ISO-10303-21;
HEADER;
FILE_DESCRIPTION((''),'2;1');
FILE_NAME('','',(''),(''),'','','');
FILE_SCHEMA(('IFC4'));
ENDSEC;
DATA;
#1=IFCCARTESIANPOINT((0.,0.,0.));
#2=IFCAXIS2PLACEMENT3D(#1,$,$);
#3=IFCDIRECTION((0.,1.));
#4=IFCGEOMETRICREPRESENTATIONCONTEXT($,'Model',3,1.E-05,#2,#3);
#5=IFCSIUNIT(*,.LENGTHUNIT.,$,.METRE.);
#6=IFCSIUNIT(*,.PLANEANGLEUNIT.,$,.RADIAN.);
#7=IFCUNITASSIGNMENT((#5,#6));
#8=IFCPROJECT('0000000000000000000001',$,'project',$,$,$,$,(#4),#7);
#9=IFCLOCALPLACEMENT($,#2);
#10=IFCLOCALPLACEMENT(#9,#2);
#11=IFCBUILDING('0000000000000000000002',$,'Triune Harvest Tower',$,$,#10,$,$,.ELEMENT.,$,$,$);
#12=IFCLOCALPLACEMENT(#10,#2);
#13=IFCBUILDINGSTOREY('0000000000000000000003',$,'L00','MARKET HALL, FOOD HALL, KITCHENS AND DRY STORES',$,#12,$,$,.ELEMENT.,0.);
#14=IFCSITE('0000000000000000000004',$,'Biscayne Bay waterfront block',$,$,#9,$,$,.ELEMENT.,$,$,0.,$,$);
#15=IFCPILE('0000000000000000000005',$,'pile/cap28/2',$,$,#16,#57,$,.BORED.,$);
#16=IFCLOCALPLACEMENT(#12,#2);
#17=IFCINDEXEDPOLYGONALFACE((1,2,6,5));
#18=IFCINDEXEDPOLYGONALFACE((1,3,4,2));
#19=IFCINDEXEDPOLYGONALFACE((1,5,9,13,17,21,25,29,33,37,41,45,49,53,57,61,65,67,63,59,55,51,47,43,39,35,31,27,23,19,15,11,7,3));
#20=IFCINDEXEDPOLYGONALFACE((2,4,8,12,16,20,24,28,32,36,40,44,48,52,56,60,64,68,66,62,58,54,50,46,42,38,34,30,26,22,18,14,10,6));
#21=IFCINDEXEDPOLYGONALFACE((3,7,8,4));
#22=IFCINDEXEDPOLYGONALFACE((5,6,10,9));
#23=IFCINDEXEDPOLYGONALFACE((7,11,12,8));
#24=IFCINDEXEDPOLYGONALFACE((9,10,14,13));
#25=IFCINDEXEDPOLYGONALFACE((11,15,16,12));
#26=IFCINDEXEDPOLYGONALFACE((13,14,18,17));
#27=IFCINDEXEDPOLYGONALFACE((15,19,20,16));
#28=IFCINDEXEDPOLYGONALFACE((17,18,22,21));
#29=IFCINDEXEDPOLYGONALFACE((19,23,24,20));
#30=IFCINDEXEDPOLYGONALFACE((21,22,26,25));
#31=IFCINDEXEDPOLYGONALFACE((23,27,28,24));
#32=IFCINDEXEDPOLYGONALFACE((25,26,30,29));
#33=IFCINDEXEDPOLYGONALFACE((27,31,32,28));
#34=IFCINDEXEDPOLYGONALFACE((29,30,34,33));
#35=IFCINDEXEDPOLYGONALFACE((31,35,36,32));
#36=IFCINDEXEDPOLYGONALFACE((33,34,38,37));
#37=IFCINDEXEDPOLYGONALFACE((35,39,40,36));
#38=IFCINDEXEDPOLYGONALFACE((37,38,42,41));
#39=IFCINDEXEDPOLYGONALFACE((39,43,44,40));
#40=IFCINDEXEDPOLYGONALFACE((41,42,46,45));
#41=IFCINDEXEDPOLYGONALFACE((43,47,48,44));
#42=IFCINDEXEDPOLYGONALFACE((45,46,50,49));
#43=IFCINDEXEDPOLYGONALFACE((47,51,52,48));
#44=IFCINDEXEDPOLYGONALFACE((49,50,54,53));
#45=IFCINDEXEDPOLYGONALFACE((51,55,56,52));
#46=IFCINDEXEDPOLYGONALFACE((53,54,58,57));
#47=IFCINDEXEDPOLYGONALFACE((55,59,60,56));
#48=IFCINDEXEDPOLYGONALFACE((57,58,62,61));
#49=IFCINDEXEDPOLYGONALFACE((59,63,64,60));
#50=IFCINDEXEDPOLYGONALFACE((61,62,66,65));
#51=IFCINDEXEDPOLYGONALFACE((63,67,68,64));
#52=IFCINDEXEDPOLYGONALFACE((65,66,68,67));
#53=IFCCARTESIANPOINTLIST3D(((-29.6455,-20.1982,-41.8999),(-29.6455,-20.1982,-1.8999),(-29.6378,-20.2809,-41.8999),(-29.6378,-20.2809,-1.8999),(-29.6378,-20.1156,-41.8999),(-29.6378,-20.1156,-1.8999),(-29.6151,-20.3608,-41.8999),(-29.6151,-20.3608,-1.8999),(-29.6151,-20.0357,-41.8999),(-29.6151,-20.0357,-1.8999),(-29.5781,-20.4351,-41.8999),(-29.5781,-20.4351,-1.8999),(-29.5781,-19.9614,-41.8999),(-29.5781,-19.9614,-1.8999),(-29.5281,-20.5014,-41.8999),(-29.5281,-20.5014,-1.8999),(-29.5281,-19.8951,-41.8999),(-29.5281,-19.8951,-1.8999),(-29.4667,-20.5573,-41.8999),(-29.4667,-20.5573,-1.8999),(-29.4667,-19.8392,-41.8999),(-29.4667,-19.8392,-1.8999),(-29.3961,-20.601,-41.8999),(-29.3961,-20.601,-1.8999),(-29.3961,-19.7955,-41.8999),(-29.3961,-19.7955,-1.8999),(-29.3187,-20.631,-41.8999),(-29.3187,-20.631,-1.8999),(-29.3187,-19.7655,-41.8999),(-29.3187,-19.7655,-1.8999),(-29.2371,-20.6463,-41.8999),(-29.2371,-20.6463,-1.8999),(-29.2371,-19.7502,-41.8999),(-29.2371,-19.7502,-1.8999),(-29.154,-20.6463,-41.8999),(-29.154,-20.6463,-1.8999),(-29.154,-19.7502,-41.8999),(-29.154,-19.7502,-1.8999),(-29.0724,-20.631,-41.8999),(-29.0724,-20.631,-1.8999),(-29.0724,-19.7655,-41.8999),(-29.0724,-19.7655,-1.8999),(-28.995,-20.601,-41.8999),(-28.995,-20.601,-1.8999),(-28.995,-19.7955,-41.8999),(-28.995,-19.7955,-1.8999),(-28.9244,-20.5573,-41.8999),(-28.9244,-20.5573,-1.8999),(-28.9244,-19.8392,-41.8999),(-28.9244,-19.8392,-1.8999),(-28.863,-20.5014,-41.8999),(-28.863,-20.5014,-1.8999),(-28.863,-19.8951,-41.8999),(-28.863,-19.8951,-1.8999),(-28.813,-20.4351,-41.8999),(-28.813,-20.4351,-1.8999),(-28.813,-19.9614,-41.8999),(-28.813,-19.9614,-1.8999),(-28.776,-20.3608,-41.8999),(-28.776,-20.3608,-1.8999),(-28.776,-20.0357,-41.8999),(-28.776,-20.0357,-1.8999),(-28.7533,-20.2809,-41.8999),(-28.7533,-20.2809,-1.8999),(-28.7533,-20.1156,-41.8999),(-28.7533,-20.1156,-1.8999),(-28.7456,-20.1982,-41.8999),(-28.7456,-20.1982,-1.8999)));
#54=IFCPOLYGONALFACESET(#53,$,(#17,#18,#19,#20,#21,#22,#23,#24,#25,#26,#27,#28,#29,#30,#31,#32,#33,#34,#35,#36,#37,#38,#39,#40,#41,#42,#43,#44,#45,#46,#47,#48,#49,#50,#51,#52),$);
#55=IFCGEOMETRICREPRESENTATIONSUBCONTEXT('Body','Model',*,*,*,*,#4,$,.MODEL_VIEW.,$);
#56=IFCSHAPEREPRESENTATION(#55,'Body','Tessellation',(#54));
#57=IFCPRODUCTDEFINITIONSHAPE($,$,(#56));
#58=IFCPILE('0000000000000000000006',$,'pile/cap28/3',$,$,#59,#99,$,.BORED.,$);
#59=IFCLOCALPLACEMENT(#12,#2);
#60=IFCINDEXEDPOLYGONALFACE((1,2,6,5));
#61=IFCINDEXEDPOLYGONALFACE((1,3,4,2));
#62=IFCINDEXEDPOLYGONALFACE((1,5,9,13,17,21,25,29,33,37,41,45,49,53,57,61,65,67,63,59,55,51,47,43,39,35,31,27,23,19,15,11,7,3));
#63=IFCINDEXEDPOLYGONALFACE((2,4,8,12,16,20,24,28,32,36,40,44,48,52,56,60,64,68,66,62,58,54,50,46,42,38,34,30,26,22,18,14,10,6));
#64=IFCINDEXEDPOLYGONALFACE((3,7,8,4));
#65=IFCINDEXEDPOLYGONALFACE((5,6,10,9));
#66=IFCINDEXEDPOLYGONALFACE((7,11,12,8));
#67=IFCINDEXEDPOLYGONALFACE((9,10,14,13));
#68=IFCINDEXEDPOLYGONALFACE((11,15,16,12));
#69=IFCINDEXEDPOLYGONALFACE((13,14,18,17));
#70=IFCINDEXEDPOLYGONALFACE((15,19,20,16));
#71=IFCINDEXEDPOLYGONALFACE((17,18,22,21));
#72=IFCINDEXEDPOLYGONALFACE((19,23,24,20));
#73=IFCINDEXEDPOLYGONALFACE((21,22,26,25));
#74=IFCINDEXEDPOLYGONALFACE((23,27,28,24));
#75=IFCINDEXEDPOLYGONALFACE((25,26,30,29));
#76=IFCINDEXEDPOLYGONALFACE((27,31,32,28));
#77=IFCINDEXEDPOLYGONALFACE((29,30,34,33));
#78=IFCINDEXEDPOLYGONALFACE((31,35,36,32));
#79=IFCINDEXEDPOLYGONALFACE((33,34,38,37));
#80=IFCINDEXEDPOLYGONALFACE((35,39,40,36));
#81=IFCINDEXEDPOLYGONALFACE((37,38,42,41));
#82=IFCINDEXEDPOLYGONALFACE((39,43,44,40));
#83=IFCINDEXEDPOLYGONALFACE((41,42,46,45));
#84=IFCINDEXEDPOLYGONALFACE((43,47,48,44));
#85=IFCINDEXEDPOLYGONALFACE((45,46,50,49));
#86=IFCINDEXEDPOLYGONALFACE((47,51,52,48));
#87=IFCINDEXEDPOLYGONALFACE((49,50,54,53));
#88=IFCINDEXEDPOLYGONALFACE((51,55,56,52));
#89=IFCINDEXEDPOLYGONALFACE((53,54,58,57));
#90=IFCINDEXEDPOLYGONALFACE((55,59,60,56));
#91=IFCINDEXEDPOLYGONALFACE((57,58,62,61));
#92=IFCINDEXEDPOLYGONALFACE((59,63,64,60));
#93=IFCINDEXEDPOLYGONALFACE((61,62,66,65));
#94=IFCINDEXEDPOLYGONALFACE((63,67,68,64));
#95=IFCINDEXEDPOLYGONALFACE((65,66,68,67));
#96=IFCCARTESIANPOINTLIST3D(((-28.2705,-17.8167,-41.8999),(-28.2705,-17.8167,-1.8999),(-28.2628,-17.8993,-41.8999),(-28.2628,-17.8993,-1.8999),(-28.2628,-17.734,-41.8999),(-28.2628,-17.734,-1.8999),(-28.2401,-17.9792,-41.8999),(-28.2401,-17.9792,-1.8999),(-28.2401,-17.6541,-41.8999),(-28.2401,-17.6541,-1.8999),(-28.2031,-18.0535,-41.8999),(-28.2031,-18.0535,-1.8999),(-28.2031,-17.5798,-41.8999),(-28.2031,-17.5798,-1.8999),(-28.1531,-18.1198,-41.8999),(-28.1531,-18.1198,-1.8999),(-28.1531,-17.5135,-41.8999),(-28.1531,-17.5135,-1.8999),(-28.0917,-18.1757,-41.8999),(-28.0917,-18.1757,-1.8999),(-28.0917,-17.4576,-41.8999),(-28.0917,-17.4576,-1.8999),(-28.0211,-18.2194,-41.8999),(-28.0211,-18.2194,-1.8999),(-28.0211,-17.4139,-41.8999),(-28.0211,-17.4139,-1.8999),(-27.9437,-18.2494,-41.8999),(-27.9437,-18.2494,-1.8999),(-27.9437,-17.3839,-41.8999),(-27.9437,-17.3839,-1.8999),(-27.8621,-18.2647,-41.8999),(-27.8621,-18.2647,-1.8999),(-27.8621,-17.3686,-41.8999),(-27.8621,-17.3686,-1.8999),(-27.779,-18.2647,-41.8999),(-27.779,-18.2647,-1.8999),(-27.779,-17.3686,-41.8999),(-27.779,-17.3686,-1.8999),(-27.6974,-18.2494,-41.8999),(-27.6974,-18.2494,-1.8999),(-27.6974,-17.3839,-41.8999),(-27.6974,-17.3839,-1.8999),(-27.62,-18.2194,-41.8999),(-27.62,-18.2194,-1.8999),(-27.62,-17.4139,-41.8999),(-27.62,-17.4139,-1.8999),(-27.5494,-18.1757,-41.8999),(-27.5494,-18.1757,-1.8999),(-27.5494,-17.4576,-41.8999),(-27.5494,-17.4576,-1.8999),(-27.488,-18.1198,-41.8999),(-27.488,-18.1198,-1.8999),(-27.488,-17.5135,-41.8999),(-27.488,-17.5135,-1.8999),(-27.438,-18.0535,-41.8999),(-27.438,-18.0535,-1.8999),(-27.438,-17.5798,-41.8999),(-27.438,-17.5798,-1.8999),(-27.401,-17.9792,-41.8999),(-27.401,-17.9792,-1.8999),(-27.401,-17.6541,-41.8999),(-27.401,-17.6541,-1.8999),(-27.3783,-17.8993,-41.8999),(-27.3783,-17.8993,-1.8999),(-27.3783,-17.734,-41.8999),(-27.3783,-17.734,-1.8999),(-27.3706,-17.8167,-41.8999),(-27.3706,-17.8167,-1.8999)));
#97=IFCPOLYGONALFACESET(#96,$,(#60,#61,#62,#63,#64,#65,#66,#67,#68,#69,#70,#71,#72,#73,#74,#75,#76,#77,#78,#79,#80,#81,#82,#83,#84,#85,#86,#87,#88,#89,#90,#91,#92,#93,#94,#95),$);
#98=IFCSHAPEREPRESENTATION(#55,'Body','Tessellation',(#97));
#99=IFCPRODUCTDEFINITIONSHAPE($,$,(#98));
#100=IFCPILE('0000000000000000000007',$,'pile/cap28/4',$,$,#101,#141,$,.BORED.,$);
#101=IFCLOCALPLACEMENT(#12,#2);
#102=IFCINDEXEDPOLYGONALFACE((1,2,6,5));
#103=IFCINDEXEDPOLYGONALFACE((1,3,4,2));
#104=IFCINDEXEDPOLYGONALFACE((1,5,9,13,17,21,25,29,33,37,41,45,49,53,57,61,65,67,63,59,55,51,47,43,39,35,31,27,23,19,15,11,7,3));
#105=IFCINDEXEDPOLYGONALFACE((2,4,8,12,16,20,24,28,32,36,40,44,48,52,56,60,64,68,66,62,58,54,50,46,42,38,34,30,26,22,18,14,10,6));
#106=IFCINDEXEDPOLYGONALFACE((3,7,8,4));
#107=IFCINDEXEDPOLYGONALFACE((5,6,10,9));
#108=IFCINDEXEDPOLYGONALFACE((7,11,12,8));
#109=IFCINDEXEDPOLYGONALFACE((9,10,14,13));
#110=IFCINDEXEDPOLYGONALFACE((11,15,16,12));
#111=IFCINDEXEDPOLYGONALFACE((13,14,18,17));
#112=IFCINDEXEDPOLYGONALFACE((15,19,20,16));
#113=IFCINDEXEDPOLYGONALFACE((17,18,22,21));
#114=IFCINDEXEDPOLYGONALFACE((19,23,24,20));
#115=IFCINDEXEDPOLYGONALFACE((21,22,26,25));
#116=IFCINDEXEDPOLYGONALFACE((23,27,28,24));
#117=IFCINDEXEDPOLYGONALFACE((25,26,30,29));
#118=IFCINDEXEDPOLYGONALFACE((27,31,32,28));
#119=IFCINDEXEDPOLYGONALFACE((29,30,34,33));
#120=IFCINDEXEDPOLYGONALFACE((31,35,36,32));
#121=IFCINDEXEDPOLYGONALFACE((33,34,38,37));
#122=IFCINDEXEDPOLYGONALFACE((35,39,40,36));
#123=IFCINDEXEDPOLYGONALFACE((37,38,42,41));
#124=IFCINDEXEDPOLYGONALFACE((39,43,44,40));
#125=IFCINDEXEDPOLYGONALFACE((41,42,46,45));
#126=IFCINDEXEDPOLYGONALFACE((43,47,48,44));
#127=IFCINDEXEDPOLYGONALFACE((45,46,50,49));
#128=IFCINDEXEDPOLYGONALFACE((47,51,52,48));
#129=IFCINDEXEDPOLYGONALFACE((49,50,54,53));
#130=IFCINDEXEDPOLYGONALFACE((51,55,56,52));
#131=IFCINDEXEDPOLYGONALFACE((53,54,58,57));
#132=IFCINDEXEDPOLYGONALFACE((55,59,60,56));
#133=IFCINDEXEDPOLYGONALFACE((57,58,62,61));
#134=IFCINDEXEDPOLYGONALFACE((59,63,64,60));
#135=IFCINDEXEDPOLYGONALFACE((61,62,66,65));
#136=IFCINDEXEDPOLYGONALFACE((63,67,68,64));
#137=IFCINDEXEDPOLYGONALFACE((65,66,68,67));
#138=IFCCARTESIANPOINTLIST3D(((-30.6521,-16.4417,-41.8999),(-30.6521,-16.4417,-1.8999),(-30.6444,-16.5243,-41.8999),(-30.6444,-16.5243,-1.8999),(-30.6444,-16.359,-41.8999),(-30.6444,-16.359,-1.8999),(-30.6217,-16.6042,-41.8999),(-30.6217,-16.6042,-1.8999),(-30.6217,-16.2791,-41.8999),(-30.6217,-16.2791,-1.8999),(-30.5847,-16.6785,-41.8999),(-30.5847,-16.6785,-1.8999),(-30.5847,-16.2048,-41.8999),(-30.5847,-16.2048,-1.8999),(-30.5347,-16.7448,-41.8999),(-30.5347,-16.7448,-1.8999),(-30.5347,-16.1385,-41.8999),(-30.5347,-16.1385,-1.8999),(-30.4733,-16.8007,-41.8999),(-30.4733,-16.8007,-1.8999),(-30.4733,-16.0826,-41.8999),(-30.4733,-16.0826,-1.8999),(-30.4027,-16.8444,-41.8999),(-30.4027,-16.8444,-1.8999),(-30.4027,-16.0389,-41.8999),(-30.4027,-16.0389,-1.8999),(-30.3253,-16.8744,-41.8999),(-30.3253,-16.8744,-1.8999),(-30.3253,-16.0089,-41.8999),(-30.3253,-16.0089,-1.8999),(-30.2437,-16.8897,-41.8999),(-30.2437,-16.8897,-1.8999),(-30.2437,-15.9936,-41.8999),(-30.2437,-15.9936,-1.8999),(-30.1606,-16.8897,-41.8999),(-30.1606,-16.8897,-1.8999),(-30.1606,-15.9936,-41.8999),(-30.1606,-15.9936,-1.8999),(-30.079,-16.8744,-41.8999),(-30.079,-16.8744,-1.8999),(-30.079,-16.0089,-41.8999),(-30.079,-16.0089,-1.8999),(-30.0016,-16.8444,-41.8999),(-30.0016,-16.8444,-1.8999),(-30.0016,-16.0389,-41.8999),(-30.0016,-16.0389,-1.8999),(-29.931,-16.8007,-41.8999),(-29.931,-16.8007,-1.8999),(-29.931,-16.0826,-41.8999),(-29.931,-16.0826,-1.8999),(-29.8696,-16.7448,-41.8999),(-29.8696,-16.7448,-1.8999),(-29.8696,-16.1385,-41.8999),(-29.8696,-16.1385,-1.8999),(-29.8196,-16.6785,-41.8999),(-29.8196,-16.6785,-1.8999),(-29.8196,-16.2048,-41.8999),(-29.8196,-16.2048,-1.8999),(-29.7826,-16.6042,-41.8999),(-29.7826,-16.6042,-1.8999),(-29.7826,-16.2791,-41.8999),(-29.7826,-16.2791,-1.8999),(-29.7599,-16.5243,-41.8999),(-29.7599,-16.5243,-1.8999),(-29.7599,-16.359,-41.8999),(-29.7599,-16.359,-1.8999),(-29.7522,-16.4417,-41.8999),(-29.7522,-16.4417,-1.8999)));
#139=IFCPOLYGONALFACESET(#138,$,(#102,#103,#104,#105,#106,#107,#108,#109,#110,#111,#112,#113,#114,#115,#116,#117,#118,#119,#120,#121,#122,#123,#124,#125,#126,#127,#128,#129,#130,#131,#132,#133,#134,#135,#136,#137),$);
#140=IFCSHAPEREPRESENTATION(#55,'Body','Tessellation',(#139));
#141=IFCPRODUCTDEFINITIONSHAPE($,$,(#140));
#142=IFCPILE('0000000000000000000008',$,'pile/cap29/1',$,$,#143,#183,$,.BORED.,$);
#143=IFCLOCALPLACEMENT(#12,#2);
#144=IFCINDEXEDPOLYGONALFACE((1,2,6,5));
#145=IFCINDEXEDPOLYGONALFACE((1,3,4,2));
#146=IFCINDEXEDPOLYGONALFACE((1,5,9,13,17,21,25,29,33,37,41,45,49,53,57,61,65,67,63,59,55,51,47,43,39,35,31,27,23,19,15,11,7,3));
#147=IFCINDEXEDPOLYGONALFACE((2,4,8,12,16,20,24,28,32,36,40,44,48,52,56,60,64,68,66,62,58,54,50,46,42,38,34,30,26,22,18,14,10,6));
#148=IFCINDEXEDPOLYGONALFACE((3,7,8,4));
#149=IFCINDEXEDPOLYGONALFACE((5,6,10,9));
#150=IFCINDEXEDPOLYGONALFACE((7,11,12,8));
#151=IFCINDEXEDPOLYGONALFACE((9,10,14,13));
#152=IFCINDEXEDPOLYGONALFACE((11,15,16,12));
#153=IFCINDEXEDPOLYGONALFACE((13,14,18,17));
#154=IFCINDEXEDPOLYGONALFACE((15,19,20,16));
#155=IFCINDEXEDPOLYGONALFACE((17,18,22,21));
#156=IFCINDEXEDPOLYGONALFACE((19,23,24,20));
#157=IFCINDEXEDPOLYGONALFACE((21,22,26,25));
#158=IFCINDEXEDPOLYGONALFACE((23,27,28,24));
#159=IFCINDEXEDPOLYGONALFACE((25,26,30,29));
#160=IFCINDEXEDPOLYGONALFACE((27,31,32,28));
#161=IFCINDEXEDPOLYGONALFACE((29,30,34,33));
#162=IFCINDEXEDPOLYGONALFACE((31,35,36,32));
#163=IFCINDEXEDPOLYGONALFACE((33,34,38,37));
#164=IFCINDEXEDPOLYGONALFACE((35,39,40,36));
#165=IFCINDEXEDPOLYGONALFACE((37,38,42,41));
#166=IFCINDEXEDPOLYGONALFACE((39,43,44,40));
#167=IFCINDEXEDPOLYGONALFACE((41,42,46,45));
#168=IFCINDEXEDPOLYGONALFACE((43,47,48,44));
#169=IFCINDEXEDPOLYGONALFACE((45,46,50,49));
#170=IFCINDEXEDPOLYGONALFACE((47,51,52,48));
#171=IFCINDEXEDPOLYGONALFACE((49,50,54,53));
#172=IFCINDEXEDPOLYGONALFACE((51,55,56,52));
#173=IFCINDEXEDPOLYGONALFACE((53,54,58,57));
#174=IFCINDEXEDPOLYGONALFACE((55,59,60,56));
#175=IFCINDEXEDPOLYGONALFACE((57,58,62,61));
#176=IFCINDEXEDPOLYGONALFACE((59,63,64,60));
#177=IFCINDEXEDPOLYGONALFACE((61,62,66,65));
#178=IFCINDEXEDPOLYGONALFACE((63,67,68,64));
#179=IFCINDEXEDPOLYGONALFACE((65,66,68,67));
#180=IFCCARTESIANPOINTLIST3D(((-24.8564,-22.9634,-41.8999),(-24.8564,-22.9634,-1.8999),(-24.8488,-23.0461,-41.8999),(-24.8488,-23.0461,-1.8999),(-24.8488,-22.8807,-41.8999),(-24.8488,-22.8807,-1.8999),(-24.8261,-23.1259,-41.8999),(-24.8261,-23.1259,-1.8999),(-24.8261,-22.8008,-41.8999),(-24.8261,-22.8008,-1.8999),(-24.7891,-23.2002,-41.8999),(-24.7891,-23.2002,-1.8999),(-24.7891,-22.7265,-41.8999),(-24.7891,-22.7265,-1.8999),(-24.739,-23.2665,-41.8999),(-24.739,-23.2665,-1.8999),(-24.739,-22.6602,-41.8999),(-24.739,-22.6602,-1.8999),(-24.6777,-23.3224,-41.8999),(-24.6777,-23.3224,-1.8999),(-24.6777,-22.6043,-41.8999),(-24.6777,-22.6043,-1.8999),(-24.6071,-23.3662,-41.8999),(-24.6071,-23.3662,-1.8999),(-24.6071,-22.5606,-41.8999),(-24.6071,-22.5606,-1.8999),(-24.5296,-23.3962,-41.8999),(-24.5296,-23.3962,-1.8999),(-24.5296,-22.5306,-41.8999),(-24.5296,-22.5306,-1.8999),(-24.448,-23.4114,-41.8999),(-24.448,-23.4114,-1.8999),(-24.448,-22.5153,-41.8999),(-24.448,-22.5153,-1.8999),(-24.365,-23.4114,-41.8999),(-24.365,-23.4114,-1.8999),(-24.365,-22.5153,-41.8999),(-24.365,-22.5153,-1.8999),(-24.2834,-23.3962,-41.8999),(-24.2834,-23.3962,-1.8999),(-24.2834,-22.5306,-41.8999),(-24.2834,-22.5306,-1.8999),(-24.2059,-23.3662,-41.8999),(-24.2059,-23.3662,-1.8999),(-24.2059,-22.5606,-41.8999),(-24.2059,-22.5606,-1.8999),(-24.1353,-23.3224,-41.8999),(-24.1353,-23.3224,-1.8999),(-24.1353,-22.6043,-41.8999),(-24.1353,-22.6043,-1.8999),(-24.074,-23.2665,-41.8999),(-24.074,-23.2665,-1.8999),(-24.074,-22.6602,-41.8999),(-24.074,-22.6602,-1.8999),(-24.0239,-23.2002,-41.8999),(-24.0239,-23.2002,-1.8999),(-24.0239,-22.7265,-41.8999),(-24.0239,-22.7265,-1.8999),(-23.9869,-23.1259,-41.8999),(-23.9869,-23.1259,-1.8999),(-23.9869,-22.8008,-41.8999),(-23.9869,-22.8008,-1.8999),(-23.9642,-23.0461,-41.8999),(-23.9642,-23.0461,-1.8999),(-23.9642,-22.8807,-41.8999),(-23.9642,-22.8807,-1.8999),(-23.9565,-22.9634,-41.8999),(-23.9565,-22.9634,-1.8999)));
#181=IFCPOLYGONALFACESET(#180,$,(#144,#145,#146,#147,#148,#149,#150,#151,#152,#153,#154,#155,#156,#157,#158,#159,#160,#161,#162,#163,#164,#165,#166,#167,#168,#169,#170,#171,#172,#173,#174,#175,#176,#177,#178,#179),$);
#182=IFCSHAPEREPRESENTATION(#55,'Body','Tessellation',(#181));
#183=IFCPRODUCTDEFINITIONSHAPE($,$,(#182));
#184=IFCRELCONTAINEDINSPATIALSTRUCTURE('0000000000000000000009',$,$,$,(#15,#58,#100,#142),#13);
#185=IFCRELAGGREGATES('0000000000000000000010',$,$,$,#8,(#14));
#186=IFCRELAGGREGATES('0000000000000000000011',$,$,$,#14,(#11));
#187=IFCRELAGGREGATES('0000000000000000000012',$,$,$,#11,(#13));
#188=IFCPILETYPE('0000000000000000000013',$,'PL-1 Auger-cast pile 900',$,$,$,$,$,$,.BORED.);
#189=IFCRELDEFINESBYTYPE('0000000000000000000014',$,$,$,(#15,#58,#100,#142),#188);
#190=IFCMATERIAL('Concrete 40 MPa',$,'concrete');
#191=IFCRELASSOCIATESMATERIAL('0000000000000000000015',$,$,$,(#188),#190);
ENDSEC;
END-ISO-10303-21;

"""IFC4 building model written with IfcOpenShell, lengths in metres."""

from ifc_helpers import new_model, si_unit, direction, frame, origin, origin_2d, place, context, subcontext, project, spatial, circle, extrude, source, transform, mapped, material, material_profile, profile_set, type_object, element, save


model = new_model("IFC4")

# Units and contexts
model_context = context("Model", 3, precision=1e-05, world=origin(), true_north=direction((0.0, 1.0)))
body_context = subcontext(model_context, "Body", "Model", "MODEL_VIEW")
ifc_project = project(units=[si_unit("LENGTHUNIT", "METRE"), si_unit("PLANEANGLEUNIT", "RADIAN")], contexts=[model_context])

# Site, building, storey
site_placement = place(None, origin())
site = spatial("IfcSite", under=ifc_project, at=site_placement, Name="Biscayne Bay waterfront block", CompositionType="ELEMENT", RefElevation=0.0)
building_placement = place(site_placement, origin())
building = spatial("IfcBuilding", under=site, at=building_placement, Name="Triune Harvest Tower", CompositionType="ELEMENT")
storey_placement = place(building_placement, origin())
storey = spatial("IfcBuildingStorey", under=building, at=storey_placement, Name="L00", Description="MARKET HALL, FOOD HALL, KITCHENS AND DRY STORES", CompositionType="ELEMENT", Elevation=0.0)

# Piles
ifc_material_1 = material(Name="Concrete 40 MPa", Category="concrete")
ifc_material_profile_1 = material_profile(ifc_material_1, circle(Radius=0.45, at=origin_2d()), Name="Bored 900")
ifc_profile_set_1 = profile_set([ifc_material_profile_1], Name="Concrete 40 MPa")
pile_type = type_object("IfcPileType", Name="PL-1 Auger-cast pile 900", PredefinedType="BORED", material=ifc_profile_set_1)
shared_shape_1 = source(origin(), body_context, "Body", "SweptSolid", [
    extrude(circle(Radius=0.45, at=origin_2d()), origin(), (0.0, 0.0, 1.0), 40.0),
])
for number, where, z_axis, x_axis, name in (
    (1, (-29.1956, -20.1982, -1.8999), (0.0, 0.0, -1.0), (1.0, 0.0, 0.0), "pile/cap28/2"),
    (2, (-27.8206, -17.8167, -1.8999), (0.0, 0.0, -1.0), (1.0, 0.0, 0.0), "pile/cap28/3"),
    (3, (-30.2021, -16.4417, -1.8999), (0.0, 0.0, -1.0), (1.0, 0.0, 0.0), "pile/cap28/4"),
    (4, (-24.4065, -22.9634, -1.8999), (0.0, 0.0, -1.0), (1.0, 0.0, 0.0), "pile/cap29/1"),
):
    element("IfcPile", number, at=place(storey_placement, frame(where, z_axis=z_axis, x_axis=x_axis)), inside=storey, type_object=pile_type, Name=name, PredefinedType="BORED", context=body_context, shape_type="MappedRepresentation", body=[
        mapped(shared_shape_1, transform((0.0, 0.0, 0.0), scale=1.0)),
    ])

save(model, "model.ifc")
